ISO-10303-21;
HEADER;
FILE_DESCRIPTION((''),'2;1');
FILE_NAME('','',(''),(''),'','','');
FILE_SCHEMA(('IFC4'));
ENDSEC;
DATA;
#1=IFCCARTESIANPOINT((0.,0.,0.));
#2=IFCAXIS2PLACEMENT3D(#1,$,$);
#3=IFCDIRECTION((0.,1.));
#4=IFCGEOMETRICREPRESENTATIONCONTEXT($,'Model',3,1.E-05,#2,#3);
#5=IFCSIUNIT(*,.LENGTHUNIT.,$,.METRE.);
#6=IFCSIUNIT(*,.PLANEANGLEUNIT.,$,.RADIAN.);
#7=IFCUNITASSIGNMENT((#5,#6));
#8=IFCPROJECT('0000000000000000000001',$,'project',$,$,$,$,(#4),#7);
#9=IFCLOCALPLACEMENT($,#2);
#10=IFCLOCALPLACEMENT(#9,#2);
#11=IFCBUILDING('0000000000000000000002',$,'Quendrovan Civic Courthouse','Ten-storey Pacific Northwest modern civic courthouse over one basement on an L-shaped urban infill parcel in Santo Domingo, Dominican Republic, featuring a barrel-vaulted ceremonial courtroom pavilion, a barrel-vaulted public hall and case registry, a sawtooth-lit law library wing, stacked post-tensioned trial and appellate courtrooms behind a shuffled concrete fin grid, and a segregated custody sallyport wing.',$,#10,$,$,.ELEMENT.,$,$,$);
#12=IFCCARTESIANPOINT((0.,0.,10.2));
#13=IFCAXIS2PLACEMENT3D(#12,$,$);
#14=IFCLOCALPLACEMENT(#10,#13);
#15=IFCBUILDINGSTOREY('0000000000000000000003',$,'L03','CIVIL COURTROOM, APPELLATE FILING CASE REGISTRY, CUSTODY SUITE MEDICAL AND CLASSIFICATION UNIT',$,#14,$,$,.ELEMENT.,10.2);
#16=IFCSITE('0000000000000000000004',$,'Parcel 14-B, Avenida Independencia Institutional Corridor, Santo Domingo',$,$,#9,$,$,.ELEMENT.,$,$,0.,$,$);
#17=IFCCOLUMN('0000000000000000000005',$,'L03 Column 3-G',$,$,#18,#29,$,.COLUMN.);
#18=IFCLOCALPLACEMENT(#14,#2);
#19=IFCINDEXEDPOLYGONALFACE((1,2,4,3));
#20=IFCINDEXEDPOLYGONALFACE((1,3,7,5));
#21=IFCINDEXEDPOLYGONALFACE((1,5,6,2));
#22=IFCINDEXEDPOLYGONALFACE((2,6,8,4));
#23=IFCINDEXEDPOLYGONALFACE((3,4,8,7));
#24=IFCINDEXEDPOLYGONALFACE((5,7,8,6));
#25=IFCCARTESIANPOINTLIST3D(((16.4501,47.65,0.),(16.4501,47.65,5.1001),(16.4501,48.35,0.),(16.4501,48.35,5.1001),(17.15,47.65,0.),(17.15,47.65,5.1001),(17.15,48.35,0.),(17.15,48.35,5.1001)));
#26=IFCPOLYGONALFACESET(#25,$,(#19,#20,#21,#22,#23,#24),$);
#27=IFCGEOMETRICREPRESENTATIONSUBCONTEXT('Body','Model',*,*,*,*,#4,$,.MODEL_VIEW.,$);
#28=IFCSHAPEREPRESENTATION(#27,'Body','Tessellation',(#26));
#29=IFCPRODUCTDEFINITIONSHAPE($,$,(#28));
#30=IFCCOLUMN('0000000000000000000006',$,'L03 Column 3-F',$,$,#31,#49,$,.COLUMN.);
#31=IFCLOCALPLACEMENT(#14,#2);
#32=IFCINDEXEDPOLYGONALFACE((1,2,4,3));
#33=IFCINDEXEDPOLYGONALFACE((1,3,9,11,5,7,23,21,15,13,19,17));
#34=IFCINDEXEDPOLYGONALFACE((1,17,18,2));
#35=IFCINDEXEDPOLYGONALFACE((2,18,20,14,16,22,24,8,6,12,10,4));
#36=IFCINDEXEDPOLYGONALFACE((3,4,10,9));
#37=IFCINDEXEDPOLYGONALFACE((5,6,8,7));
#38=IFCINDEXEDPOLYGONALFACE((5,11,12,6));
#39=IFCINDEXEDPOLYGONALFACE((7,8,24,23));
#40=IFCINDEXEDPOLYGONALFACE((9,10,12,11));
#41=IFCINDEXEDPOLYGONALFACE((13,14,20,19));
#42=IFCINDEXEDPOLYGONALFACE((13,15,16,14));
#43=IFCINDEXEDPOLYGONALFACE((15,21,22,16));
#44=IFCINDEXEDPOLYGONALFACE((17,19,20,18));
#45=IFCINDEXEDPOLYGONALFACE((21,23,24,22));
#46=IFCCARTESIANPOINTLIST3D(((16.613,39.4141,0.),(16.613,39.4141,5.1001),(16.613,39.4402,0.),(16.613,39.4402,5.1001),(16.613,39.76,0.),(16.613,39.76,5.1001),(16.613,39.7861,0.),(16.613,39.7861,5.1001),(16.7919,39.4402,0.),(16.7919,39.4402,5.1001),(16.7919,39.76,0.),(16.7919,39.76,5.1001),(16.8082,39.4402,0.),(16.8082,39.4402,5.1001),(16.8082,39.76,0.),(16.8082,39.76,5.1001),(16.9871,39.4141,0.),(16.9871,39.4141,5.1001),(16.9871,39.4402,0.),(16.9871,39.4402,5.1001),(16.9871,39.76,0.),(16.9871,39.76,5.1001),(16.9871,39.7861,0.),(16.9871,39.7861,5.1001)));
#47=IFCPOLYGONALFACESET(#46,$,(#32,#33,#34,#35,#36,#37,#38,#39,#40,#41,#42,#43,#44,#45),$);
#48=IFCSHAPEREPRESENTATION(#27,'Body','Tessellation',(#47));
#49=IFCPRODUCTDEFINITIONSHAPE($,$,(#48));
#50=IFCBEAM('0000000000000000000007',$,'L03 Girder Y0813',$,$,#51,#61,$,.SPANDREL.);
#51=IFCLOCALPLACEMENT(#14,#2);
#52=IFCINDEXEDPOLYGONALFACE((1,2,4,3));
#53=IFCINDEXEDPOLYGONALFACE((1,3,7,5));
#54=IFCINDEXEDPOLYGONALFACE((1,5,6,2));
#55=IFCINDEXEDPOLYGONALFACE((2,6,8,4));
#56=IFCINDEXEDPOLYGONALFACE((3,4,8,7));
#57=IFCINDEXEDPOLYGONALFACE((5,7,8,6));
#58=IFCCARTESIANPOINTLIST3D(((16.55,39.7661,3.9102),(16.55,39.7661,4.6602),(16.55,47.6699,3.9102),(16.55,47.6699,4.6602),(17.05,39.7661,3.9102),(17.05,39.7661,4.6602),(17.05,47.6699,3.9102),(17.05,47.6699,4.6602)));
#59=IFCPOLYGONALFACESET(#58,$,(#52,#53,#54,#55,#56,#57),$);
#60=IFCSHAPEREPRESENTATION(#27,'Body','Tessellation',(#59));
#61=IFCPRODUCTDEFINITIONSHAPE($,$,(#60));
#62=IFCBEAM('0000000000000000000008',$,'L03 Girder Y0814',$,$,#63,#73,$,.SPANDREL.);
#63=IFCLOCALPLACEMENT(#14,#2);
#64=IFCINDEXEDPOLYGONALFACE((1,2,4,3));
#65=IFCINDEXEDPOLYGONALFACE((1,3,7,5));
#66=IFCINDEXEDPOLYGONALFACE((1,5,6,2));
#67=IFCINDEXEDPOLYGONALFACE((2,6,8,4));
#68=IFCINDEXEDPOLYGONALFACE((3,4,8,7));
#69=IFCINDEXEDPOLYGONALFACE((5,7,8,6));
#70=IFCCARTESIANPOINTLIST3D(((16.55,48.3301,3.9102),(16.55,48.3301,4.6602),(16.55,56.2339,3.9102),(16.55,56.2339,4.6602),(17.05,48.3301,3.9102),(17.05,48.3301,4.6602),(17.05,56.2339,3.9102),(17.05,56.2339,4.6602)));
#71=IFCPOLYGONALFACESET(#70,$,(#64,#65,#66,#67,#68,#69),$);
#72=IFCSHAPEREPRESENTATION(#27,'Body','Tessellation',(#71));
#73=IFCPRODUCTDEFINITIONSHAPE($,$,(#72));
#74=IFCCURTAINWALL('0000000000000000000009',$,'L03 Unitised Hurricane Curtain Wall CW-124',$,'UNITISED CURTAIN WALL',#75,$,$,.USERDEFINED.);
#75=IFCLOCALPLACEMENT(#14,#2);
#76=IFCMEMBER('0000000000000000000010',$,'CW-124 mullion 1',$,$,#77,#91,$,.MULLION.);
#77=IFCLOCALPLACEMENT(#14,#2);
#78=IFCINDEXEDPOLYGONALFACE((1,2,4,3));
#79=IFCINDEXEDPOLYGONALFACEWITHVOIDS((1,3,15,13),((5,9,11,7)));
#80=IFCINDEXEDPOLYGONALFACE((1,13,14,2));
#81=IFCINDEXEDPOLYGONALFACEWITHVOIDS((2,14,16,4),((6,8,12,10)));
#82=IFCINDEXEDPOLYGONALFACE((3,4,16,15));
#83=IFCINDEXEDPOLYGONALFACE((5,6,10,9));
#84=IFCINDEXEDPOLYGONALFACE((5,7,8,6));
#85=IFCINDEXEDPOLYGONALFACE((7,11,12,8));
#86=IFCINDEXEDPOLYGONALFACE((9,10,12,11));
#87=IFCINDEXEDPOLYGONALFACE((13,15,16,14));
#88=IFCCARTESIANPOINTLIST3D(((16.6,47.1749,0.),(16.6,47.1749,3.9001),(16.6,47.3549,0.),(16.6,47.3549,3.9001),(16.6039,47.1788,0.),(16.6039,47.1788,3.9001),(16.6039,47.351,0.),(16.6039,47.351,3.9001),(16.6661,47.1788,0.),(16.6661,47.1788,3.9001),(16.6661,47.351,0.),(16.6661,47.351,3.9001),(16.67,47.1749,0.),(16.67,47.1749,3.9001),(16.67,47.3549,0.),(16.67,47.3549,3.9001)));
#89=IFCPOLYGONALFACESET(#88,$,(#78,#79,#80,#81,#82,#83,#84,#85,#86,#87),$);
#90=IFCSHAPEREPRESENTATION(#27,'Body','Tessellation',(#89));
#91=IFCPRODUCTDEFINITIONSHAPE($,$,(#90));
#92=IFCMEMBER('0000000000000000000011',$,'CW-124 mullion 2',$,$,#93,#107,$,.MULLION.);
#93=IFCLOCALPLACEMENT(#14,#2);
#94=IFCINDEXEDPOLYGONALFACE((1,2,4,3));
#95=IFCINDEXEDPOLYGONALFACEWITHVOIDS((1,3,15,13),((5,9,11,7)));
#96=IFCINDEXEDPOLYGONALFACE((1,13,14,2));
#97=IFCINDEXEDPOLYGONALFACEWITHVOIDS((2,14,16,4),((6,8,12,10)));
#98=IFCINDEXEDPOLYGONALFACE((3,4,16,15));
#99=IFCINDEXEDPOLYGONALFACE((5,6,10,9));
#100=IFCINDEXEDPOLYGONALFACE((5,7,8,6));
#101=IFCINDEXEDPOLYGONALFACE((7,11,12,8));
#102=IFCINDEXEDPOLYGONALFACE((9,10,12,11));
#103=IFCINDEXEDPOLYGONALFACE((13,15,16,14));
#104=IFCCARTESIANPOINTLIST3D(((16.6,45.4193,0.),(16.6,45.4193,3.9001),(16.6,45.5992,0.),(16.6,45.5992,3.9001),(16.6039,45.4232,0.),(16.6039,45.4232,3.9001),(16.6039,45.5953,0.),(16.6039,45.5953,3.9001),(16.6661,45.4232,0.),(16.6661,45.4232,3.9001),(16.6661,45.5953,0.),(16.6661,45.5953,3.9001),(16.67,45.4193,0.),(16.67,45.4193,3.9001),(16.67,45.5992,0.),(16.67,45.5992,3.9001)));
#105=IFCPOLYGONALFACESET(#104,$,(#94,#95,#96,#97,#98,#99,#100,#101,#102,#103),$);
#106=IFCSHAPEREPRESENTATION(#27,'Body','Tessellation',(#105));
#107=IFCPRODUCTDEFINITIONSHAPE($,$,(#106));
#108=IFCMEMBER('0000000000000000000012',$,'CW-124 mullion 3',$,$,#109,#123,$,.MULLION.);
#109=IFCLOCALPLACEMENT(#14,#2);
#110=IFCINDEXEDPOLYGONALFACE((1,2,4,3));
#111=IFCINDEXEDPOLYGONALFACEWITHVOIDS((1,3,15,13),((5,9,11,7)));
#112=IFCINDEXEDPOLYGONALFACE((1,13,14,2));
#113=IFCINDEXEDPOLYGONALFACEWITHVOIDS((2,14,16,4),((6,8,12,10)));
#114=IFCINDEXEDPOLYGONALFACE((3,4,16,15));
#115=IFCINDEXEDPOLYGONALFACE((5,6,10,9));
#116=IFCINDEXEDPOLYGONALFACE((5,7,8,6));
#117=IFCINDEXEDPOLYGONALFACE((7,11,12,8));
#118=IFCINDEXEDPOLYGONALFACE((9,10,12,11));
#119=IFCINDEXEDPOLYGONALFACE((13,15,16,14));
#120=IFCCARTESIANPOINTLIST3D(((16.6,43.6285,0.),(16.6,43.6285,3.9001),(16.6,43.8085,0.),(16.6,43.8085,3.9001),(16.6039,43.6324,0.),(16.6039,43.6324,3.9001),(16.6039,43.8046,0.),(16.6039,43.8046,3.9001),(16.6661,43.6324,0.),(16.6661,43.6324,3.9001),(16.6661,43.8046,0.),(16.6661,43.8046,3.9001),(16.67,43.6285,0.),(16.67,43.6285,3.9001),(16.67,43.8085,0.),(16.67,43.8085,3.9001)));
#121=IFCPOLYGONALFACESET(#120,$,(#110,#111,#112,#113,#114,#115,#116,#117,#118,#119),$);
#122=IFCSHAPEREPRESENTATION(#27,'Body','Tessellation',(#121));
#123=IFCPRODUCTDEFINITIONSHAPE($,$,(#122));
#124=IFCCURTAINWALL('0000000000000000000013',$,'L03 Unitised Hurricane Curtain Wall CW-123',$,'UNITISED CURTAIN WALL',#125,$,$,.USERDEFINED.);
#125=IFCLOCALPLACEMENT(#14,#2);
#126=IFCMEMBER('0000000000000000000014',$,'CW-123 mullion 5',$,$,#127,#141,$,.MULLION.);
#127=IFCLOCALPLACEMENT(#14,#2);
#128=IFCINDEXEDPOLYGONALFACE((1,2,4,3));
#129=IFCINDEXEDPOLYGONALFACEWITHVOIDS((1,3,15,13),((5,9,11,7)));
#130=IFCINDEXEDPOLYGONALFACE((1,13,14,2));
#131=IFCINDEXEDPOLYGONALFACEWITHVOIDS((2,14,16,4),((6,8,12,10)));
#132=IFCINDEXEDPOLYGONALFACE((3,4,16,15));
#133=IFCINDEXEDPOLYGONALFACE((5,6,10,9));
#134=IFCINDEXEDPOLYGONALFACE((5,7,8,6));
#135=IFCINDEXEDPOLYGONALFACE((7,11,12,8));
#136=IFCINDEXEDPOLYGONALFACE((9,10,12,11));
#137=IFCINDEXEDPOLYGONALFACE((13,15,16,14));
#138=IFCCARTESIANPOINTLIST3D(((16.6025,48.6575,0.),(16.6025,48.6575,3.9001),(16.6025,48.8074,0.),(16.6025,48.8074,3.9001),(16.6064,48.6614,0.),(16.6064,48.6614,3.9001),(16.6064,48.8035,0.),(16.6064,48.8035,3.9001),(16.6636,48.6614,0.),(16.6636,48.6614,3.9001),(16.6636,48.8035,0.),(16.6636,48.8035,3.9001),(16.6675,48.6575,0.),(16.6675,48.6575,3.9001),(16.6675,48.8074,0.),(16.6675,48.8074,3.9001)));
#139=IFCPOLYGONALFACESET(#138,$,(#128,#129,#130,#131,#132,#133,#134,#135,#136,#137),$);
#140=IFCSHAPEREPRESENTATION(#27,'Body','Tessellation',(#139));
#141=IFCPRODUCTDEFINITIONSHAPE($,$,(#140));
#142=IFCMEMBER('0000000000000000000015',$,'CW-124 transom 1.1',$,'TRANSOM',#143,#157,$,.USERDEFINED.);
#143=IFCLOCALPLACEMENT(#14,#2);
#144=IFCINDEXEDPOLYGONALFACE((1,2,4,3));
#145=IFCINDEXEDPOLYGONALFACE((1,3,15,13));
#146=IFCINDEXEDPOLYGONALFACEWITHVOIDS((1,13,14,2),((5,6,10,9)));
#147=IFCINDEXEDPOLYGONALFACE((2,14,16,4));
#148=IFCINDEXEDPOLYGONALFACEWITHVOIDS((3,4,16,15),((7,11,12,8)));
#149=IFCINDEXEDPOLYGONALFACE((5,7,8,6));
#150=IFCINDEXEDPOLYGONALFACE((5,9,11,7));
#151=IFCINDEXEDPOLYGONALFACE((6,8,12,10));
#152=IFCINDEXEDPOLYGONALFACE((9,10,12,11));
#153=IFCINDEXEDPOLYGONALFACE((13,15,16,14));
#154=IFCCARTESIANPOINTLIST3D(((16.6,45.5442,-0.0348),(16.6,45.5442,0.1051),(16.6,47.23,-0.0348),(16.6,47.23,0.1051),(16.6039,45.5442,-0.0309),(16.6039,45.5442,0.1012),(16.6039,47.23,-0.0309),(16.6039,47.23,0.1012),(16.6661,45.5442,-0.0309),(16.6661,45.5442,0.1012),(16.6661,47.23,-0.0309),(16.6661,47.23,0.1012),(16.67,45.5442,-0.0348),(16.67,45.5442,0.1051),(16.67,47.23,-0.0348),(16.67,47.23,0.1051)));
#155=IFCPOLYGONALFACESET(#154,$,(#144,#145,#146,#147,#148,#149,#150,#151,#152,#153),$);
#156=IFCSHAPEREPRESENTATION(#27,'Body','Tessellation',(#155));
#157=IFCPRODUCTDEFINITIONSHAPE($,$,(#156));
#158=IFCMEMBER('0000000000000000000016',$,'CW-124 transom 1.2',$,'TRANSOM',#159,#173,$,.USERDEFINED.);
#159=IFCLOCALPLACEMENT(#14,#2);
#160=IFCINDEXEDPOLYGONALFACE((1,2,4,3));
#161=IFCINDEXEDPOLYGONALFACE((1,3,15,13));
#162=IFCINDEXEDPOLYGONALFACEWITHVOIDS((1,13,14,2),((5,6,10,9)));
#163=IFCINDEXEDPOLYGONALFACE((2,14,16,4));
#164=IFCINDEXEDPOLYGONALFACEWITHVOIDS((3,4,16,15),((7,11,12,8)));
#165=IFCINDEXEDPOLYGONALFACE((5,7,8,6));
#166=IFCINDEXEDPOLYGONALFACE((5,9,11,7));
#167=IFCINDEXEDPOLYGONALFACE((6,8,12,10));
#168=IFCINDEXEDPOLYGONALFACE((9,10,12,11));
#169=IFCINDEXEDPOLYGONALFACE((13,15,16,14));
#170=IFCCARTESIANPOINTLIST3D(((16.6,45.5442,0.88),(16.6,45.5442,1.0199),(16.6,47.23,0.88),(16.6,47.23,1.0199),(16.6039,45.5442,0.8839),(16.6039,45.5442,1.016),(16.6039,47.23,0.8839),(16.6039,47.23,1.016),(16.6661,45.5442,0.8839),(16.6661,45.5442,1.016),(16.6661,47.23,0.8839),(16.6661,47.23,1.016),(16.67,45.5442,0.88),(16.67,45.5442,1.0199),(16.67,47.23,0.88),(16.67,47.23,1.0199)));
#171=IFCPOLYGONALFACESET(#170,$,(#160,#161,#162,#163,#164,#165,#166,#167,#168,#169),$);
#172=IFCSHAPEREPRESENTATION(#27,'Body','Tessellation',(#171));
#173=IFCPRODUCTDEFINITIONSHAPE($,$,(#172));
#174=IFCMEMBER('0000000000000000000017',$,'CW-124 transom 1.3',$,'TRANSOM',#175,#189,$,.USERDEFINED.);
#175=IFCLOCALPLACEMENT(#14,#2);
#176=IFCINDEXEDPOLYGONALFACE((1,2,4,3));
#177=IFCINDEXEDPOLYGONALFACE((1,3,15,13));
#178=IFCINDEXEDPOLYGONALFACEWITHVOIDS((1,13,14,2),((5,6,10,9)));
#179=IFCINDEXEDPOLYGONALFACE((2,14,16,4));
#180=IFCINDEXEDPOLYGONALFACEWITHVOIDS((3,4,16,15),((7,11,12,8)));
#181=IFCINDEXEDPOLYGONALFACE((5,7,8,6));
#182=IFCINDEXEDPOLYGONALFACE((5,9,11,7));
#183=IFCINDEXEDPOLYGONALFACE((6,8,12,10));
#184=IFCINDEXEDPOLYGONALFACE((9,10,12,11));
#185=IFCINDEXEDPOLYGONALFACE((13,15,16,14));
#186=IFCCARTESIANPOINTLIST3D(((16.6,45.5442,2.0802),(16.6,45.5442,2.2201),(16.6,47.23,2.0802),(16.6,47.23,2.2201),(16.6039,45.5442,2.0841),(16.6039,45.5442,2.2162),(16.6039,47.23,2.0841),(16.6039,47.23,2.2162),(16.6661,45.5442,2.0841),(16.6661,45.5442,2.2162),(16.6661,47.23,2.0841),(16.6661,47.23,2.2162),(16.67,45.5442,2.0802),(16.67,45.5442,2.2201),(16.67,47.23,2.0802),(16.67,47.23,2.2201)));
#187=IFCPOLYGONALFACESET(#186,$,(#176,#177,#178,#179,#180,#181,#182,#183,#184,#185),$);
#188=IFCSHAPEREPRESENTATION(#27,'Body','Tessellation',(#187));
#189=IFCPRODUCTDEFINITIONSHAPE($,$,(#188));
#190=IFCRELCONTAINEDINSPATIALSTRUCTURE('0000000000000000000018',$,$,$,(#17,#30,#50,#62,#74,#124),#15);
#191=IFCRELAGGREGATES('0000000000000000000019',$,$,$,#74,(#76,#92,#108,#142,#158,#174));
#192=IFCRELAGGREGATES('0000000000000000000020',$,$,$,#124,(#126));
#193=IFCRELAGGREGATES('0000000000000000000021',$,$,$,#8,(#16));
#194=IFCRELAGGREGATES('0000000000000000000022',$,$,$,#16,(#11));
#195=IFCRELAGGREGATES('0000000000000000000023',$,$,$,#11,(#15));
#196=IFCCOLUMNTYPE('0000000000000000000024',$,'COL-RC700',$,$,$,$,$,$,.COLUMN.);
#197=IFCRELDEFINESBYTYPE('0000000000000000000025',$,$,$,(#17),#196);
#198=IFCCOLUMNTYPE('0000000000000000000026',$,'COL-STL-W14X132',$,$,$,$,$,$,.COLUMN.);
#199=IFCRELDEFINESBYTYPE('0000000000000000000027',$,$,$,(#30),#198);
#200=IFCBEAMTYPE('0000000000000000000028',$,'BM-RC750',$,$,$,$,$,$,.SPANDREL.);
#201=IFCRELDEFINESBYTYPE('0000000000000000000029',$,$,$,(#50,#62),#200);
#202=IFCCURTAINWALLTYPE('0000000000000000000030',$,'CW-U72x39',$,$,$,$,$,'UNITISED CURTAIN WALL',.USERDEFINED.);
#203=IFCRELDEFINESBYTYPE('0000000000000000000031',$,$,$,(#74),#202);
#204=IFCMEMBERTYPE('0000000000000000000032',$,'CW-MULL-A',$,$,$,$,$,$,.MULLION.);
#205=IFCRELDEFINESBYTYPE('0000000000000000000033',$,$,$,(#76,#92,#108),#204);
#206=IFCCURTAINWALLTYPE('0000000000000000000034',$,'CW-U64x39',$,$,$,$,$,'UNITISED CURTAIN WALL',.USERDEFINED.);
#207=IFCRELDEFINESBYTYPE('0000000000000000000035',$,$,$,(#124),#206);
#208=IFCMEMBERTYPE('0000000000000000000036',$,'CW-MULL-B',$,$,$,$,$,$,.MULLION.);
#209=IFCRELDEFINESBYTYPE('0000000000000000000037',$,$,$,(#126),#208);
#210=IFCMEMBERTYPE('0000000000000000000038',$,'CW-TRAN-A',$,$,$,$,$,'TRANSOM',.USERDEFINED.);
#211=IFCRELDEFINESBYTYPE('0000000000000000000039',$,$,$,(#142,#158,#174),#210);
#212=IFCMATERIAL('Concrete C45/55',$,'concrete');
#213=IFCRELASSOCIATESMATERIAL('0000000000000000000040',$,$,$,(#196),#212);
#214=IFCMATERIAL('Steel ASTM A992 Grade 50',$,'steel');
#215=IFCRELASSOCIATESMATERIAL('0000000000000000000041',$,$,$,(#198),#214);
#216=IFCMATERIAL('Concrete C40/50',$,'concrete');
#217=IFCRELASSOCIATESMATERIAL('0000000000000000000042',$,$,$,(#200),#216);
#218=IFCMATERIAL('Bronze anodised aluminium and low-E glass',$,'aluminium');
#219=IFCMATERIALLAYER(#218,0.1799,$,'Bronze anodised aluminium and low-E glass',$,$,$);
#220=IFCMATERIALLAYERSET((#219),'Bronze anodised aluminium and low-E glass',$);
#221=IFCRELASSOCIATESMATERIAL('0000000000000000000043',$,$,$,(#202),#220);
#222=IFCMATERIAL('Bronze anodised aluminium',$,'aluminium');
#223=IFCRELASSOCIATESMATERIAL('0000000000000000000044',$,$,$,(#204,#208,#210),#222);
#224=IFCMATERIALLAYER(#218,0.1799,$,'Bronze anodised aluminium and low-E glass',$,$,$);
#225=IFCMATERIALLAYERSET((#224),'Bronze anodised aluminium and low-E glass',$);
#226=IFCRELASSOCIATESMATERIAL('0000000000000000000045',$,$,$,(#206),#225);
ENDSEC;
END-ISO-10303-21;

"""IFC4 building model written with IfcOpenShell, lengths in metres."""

from ifc_helpers import new_model, si_unit, direction, frame, origin, origin_2d, place, context, subcontext, project, spatial, rectangle, hollow_rectangle, i_section, extrude, material, layer, layer_set, material_profile, profile_set, type_object, element, aggregate, save


model = new_model("IFC4")

# Units and contexts
model_context = context("Model", 3, precision=1e-05, world=origin(), true_north=direction((0.0, 1.0)))
body_context = subcontext(model_context, "Body", "Model", "MODEL_VIEW")
ifc_project = project(units=[si_unit("LENGTHUNIT", "METRE"), si_unit("PLANEANGLEUNIT", "RADIAN")], contexts=[model_context])

# Site, building, storey
site_placement = place(None, origin())
site = spatial("IfcSite", under=ifc_project, at=site_placement, Name="Parcel 14-B, Avenida Independencia Institutional Corridor, Santo Domingo", CompositionType="ELEMENT", RefElevation=0.0)
building_placement = place(site_placement, origin())
building = spatial("IfcBuilding", under=site, at=building_placement, Name="Quendrovan Civic Courthouse", Description="Ten-storey Pacific Northwest modern civic courthouse over one basement on an L-shaped urban infill parcel in Santo Domingo, Dominican Republic, featuring a barrel-vaulted ceremonial courtroom pavilion, a barrel-vaulted public hall and case registry, a sawtooth-lit law library wing, stacked post-tensioned trial and appellate courtrooms behind a shuffled concrete fin grid, and a segregated custody sallyport wing.", CompositionType="ELEMENT")
storey_placement = place(building_placement, frame((0.0, 0.0, 10.2)))
storey = spatial("IfcBuildingStorey", under=building, at=storey_placement, Name="L03", Description="CIVIL COURTROOM, APPELLATE FILING CASE REGISTRY, CUSTODY SUITE MEDICAL AND CLASSIFICATION UNIT", CompositionType="ELEMENT", Elevation=10.2)

# Columns
ifc_material_1 = material(Name="Concrete C45/55", Category="concrete")
ifc_material_profile_1 = material_profile(ifc_material_1, rectangle(XDim=0.7, YDim=0.7, at=origin_2d()), Name="RC-COL-700x700")
ifc_profile_set_1 = profile_set([ifc_material_profile_1], Name="Concrete C45/55")
column_type_1 = type_object("IfcColumnType", Name="COL-RC700", PredefinedType="COLUMN", material=ifc_profile_set_1)
column_1_placement = place(storey_placement, frame((16.8, 48.0, 0.0), z_axis=(0.0, 0.0, 1.0), x_axis=(1.0, 0.0, 0.0)))
element("IfcColumn", 1, at=column_1_placement, inside=storey, type_object=column_type_1, Name="L03 Column 3-G", PredefinedType="COLUMN", context=body_context, shape_type="SweptSolid", body=[
    extrude(rectangle(XDim=0.7, YDim=0.7, at=origin_2d()), origin(), (0.0, 0.0, 1.0), 5.1001),
])
ifc_material_2 = material(Name="Steel ASTM A992 Grade 50", Category="steel")
ifc_material_profile_2 = material_profile(ifc_material_2, i_section(OverallWidth=0.374, OverallDepth=0.3721, WebThickness=0.0164, FlangeThickness=0.0261, at=origin_2d()), Name="W14X132")
ifc_profile_set_2 = profile_set([ifc_material_profile_2], Name="Steel ASTM A992 Grade 50")
column_type_2 = type_object("IfcColumnType", Name="COL-STL-W14X132", PredefinedType="COLUMN", material=ifc_profile_set_2)
column_2_placement = place(storey_placement, frame((16.8, 39.6001, 0.0), z_axis=(0.0, 0.0, 1.0), x_axis=(1.0, 0.0, 0.0)))
element("IfcColumn", 2, at=column_2_placement, inside=storey, type_object=column_type_2, Name="L03 Column 3-F", PredefinedType="COLUMN", context=body_context, shape_type="SweptSolid", body=[
    extrude(i_section(OverallWidth=0.374, OverallDepth=0.3721, WebThickness=0.0164, FlangeThickness=0.0261, at=origin_2d()), origin(), (0.0, 0.0, 1.0), 5.1001),
])

# Beams
ifc_material_3 = material(Name="Concrete C40/50", Category="concrete")
ifc_material_profile_3 = material_profile(ifc_material_3, rectangle(XDim=0.5, YDim=0.75, at=origin_2d()), Name="RC-BM-500x750")
ifc_profile_set_3 = profile_set([ifc_material_profile_3], Name="Concrete C40/50")
beam_type = type_object("IfcBeamType", Name="BM-RC750", PredefinedType="SPANDREL", material=ifc_profile_set_3)
for number, where, z_axis, x_axis, name in (
    (3, (16.8, 39.7661, 4.2852), (0.0, 1.0, 0.0), (-1.0, 0.0, 0.0), "L03 Girder Y0813"),
    (4, (16.8, 48.3301, 4.2852), (0.0, 1.0, 0.0), (-1.0, 0.0, 0.0), "L03 Girder Y0814"),
):
    element("IfcBeam", number, at=place(storey_placement, frame(where, z_axis=z_axis, x_axis=x_axis)), inside=storey, type_object=beam_type, Name=name, PredefinedType="SPANDREL", context=body_context, shape_type="SweptSolid", body=[
        extrude(rectangle(XDim=0.5, YDim=0.75, at=origin_2d()), origin(), (0.0, 0.0, 1.0), 7.9038),
    ])

# Curtain wall, members
ifc_material_4 = material(Name="Bronze anodised aluminium and low-E glass", Category="aluminium")
ifc_layer_1 = layer(ifc_material_4, 0.1799, Name="Bronze anodised aluminium and low-E glass")
ifc_layer_set_1 = layer_set([ifc_layer_1], Name="Bronze anodised aluminium and low-E glass")
curtain_wall_type_1 = type_object("IfcCurtainWallType", Name="CW-U72x39", ElementType="UNITISED CURTAIN WALL", PredefinedType="USERDEFINED", material=ifc_layer_set_1)
curtain_wall_1_placement = place(storey_placement, origin())
curtain_wall_1 = element("IfcCurtainWall", 5, at=curtain_wall_1_placement, inside=storey, type_object=curtain_wall_type_1, Name="L03 Unitised Hurricane Curtain Wall CW-124", ObjectType="UNITISED CURTAIN WALL", PredefinedType="USERDEFINED")
ifc_material_5 = material(Name="Bronze anodised aluminium", Category="aluminium")
ifc_material_profile_4 = material_profile(ifc_material_5, hollow_rectangle(XDim=0.0701, YDim=0.1799, WallThickness=0.0039, at=origin_2d()), Name="CW-MULL-70x180")
ifc_profile_set_4 = profile_set([ifc_material_profile_4], Name="Bronze anodised aluminium")
member_type_1 = type_object("IfcMemberType", Name="CW-MULL-A", PredefinedType="MULLION", material=ifc_profile_set_4)
member_1_placement = place(storey_placement, frame((16.635, 47.2649, 0.0), z_axis=(0.0, 0.0, 1.0), x_axis=(1.0, 0.0, 0.0)))
member_1 = element("IfcMember", 6, at=member_1_placement, type_object=member_type_1, Name="CW-124 mullion 1", PredefinedType="MULLION", context=body_context, shape_type="SweptSolid", body=[
    extrude(hollow_rectangle(XDim=0.0701, YDim=0.1799, WallThickness=0.0039, at=origin_2d()), origin(), (0.0, 0.0, 1.0), 3.9001),
])
member_2_placement = place(storey_placement, frame((16.635, 45.5093, 0.0), z_axis=(0.0, 0.0, 1.0), x_axis=(1.0, 0.0, 0.0)))
member_2 = element("IfcMember", 7, at=member_2_placement, type_object=member_type_1, Name="CW-124 mullion 2", PredefinedType="MULLION", context=body_context, shape_type="SweptSolid", body=[
    extrude(hollow_rectangle(XDim=0.0701, YDim=0.1799, WallThickness=0.0039, at=origin_2d()), origin(), (0.0, 0.0, 1.0), 3.9001),
])
member_3_placement = place(storey_placement, frame((16.635, 43.7185, 0.0), z_axis=(0.0, 0.0, 1.0), x_axis=(1.0, 0.0, 0.0)))
member_3 = element("IfcMember", 8, at=member_3_placement, type_object=member_type_1, Name="CW-124 mullion 3", PredefinedType="MULLION", context=body_context, shape_type="SweptSolid", body=[
    extrude(hollow_rectangle(XDim=0.0701, YDim=0.1799, WallThickness=0.0039, at=origin_2d()), origin(), (0.0, 0.0, 1.0), 3.9001),
])

# Curtain wall, member
ifc_layer_2 = layer(ifc_material_4, 0.1799, Name="Bronze anodised aluminium and low-E glass")
ifc_layer_set_2 = layer_set([ifc_layer_2], Name="Bronze anodised aluminium and low-E glass")
curtain_wall_type_2 = type_object("IfcCurtainWallType", Name="CW-U64x39", ElementType="UNITISED CURTAIN WALL", PredefinedType="USERDEFINED", material=ifc_layer_set_2)
curtain_wall_2_placement = place(storey_placement, origin())
curtain_wall_2 = element("IfcCurtainWall", 9, at=curtain_wall_2_placement, inside=storey, type_object=curtain_wall_type_2, Name="L03 Unitised Hurricane Curtain Wall CW-123", ObjectType="UNITISED CURTAIN WALL", PredefinedType="USERDEFINED")
ifc_material_profile_5 = material_profile(ifc_material_5, hollow_rectangle(XDim=0.0649, YDim=0.1499, WallThickness=0.0039, at=origin_2d()), Name="CW-MULL-65x150")
ifc_profile_set_5 = profile_set([ifc_material_profile_5], Name="Bronze anodised aluminium")
member_type_2 = type_object("IfcMemberType", Name="CW-MULL-B", PredefinedType="MULLION", material=ifc_profile_set_5)
member_4_placement = place(storey_placement, frame((16.635, 48.7324, 0.0), z_axis=(0.0, 0.0, 1.0), x_axis=(1.0, 0.0, 0.0)))
member_4 = element("IfcMember", 10, at=member_4_placement, type_object=member_type_2, Name="CW-123 mullion 5", PredefinedType="MULLION", context=body_context, shape_type="SweptSolid", body=[
    extrude(hollow_rectangle(XDim=0.0649, YDim=0.1499, WallThickness=0.0039, at=origin_2d()), origin(), (0.0, 0.0, 1.0), 3.9001),
])

# Members
ifc_material_profile_6 = material_profile(ifc_material_5, hollow_rectangle(XDim=0.0701, YDim=0.1399, WallThickness=0.0039, at=origin_2d()), Name="CW-TRAN-70x140")
ifc_profile_set_6 = profile_set([ifc_material_profile_6], Name="Bronze anodised aluminium")
member_type_3 = type_object("IfcMemberType", Name="CW-TRAN-A", ElementType="TRANSOM", PredefinedType="USERDEFINED", material=ifc_profile_set_6)
member_5_placement = place(storey_placement, frame((16.635, 47.23, 0.0352), z_axis=(0.0, -1.0, 0.0), x_axis=(1.0, 0.0, 0.0)))
member_5 = element("IfcMember", 11, at=member_5_placement, type_object=member_type_3, Name="CW-124 transom 1.1", ObjectType="TRANSOM", PredefinedType="USERDEFINED", context=body_context, shape_type="SweptSolid", body=[
    extrude(hollow_rectangle(XDim=0.0701, YDim=0.1399, WallThickness=0.0039, at=origin_2d()), origin(), (0.0, 0.0, 1.0), 1.6858),
])
member_6_placement = place(storey_placement, frame((16.635, 47.23, 0.95), z_axis=(0.0, -1.0, 0.0), x_axis=(1.0, 0.0, 0.0)))
member_6 = element("IfcMember", 12, at=member_6_placement, type_object=member_type_3, Name="CW-124 transom 1.2", ObjectType="TRANSOM", PredefinedType="USERDEFINED", context=body_context, shape_type="SweptSolid", body=[
    extrude(hollow_rectangle(XDim=0.0701, YDim=0.1399, WallThickness=0.0039, at=origin_2d()), origin(), (0.0, 0.0, 1.0), 1.6858),
])
member_7_placement = place(storey_placement, frame((16.635, 47.23, 2.1501), z_axis=(0.0, -1.0, 0.0), x_axis=(1.0, 0.0, 0.0)))
member_7 = element("IfcMember", 13, at=member_7_placement, type_object=member_type_3, Name="CW-124 transom 1.3", ObjectType="TRANSOM", PredefinedType="USERDEFINED", context=body_context, shape_type="SweptSolid", body=[
    extrude(hollow_rectangle(XDim=0.0701, YDim=0.1399, WallThickness=0.0039, at=origin_2d()), origin(), (0.0, 0.0, 1.0), 1.6858),
])

aggregate(curtain_wall_1, [member_1, member_2, member_3, member_5, member_6, member_7])
aggregate(curtain_wall_2, [member_4])

save(model, "model.ifc")
